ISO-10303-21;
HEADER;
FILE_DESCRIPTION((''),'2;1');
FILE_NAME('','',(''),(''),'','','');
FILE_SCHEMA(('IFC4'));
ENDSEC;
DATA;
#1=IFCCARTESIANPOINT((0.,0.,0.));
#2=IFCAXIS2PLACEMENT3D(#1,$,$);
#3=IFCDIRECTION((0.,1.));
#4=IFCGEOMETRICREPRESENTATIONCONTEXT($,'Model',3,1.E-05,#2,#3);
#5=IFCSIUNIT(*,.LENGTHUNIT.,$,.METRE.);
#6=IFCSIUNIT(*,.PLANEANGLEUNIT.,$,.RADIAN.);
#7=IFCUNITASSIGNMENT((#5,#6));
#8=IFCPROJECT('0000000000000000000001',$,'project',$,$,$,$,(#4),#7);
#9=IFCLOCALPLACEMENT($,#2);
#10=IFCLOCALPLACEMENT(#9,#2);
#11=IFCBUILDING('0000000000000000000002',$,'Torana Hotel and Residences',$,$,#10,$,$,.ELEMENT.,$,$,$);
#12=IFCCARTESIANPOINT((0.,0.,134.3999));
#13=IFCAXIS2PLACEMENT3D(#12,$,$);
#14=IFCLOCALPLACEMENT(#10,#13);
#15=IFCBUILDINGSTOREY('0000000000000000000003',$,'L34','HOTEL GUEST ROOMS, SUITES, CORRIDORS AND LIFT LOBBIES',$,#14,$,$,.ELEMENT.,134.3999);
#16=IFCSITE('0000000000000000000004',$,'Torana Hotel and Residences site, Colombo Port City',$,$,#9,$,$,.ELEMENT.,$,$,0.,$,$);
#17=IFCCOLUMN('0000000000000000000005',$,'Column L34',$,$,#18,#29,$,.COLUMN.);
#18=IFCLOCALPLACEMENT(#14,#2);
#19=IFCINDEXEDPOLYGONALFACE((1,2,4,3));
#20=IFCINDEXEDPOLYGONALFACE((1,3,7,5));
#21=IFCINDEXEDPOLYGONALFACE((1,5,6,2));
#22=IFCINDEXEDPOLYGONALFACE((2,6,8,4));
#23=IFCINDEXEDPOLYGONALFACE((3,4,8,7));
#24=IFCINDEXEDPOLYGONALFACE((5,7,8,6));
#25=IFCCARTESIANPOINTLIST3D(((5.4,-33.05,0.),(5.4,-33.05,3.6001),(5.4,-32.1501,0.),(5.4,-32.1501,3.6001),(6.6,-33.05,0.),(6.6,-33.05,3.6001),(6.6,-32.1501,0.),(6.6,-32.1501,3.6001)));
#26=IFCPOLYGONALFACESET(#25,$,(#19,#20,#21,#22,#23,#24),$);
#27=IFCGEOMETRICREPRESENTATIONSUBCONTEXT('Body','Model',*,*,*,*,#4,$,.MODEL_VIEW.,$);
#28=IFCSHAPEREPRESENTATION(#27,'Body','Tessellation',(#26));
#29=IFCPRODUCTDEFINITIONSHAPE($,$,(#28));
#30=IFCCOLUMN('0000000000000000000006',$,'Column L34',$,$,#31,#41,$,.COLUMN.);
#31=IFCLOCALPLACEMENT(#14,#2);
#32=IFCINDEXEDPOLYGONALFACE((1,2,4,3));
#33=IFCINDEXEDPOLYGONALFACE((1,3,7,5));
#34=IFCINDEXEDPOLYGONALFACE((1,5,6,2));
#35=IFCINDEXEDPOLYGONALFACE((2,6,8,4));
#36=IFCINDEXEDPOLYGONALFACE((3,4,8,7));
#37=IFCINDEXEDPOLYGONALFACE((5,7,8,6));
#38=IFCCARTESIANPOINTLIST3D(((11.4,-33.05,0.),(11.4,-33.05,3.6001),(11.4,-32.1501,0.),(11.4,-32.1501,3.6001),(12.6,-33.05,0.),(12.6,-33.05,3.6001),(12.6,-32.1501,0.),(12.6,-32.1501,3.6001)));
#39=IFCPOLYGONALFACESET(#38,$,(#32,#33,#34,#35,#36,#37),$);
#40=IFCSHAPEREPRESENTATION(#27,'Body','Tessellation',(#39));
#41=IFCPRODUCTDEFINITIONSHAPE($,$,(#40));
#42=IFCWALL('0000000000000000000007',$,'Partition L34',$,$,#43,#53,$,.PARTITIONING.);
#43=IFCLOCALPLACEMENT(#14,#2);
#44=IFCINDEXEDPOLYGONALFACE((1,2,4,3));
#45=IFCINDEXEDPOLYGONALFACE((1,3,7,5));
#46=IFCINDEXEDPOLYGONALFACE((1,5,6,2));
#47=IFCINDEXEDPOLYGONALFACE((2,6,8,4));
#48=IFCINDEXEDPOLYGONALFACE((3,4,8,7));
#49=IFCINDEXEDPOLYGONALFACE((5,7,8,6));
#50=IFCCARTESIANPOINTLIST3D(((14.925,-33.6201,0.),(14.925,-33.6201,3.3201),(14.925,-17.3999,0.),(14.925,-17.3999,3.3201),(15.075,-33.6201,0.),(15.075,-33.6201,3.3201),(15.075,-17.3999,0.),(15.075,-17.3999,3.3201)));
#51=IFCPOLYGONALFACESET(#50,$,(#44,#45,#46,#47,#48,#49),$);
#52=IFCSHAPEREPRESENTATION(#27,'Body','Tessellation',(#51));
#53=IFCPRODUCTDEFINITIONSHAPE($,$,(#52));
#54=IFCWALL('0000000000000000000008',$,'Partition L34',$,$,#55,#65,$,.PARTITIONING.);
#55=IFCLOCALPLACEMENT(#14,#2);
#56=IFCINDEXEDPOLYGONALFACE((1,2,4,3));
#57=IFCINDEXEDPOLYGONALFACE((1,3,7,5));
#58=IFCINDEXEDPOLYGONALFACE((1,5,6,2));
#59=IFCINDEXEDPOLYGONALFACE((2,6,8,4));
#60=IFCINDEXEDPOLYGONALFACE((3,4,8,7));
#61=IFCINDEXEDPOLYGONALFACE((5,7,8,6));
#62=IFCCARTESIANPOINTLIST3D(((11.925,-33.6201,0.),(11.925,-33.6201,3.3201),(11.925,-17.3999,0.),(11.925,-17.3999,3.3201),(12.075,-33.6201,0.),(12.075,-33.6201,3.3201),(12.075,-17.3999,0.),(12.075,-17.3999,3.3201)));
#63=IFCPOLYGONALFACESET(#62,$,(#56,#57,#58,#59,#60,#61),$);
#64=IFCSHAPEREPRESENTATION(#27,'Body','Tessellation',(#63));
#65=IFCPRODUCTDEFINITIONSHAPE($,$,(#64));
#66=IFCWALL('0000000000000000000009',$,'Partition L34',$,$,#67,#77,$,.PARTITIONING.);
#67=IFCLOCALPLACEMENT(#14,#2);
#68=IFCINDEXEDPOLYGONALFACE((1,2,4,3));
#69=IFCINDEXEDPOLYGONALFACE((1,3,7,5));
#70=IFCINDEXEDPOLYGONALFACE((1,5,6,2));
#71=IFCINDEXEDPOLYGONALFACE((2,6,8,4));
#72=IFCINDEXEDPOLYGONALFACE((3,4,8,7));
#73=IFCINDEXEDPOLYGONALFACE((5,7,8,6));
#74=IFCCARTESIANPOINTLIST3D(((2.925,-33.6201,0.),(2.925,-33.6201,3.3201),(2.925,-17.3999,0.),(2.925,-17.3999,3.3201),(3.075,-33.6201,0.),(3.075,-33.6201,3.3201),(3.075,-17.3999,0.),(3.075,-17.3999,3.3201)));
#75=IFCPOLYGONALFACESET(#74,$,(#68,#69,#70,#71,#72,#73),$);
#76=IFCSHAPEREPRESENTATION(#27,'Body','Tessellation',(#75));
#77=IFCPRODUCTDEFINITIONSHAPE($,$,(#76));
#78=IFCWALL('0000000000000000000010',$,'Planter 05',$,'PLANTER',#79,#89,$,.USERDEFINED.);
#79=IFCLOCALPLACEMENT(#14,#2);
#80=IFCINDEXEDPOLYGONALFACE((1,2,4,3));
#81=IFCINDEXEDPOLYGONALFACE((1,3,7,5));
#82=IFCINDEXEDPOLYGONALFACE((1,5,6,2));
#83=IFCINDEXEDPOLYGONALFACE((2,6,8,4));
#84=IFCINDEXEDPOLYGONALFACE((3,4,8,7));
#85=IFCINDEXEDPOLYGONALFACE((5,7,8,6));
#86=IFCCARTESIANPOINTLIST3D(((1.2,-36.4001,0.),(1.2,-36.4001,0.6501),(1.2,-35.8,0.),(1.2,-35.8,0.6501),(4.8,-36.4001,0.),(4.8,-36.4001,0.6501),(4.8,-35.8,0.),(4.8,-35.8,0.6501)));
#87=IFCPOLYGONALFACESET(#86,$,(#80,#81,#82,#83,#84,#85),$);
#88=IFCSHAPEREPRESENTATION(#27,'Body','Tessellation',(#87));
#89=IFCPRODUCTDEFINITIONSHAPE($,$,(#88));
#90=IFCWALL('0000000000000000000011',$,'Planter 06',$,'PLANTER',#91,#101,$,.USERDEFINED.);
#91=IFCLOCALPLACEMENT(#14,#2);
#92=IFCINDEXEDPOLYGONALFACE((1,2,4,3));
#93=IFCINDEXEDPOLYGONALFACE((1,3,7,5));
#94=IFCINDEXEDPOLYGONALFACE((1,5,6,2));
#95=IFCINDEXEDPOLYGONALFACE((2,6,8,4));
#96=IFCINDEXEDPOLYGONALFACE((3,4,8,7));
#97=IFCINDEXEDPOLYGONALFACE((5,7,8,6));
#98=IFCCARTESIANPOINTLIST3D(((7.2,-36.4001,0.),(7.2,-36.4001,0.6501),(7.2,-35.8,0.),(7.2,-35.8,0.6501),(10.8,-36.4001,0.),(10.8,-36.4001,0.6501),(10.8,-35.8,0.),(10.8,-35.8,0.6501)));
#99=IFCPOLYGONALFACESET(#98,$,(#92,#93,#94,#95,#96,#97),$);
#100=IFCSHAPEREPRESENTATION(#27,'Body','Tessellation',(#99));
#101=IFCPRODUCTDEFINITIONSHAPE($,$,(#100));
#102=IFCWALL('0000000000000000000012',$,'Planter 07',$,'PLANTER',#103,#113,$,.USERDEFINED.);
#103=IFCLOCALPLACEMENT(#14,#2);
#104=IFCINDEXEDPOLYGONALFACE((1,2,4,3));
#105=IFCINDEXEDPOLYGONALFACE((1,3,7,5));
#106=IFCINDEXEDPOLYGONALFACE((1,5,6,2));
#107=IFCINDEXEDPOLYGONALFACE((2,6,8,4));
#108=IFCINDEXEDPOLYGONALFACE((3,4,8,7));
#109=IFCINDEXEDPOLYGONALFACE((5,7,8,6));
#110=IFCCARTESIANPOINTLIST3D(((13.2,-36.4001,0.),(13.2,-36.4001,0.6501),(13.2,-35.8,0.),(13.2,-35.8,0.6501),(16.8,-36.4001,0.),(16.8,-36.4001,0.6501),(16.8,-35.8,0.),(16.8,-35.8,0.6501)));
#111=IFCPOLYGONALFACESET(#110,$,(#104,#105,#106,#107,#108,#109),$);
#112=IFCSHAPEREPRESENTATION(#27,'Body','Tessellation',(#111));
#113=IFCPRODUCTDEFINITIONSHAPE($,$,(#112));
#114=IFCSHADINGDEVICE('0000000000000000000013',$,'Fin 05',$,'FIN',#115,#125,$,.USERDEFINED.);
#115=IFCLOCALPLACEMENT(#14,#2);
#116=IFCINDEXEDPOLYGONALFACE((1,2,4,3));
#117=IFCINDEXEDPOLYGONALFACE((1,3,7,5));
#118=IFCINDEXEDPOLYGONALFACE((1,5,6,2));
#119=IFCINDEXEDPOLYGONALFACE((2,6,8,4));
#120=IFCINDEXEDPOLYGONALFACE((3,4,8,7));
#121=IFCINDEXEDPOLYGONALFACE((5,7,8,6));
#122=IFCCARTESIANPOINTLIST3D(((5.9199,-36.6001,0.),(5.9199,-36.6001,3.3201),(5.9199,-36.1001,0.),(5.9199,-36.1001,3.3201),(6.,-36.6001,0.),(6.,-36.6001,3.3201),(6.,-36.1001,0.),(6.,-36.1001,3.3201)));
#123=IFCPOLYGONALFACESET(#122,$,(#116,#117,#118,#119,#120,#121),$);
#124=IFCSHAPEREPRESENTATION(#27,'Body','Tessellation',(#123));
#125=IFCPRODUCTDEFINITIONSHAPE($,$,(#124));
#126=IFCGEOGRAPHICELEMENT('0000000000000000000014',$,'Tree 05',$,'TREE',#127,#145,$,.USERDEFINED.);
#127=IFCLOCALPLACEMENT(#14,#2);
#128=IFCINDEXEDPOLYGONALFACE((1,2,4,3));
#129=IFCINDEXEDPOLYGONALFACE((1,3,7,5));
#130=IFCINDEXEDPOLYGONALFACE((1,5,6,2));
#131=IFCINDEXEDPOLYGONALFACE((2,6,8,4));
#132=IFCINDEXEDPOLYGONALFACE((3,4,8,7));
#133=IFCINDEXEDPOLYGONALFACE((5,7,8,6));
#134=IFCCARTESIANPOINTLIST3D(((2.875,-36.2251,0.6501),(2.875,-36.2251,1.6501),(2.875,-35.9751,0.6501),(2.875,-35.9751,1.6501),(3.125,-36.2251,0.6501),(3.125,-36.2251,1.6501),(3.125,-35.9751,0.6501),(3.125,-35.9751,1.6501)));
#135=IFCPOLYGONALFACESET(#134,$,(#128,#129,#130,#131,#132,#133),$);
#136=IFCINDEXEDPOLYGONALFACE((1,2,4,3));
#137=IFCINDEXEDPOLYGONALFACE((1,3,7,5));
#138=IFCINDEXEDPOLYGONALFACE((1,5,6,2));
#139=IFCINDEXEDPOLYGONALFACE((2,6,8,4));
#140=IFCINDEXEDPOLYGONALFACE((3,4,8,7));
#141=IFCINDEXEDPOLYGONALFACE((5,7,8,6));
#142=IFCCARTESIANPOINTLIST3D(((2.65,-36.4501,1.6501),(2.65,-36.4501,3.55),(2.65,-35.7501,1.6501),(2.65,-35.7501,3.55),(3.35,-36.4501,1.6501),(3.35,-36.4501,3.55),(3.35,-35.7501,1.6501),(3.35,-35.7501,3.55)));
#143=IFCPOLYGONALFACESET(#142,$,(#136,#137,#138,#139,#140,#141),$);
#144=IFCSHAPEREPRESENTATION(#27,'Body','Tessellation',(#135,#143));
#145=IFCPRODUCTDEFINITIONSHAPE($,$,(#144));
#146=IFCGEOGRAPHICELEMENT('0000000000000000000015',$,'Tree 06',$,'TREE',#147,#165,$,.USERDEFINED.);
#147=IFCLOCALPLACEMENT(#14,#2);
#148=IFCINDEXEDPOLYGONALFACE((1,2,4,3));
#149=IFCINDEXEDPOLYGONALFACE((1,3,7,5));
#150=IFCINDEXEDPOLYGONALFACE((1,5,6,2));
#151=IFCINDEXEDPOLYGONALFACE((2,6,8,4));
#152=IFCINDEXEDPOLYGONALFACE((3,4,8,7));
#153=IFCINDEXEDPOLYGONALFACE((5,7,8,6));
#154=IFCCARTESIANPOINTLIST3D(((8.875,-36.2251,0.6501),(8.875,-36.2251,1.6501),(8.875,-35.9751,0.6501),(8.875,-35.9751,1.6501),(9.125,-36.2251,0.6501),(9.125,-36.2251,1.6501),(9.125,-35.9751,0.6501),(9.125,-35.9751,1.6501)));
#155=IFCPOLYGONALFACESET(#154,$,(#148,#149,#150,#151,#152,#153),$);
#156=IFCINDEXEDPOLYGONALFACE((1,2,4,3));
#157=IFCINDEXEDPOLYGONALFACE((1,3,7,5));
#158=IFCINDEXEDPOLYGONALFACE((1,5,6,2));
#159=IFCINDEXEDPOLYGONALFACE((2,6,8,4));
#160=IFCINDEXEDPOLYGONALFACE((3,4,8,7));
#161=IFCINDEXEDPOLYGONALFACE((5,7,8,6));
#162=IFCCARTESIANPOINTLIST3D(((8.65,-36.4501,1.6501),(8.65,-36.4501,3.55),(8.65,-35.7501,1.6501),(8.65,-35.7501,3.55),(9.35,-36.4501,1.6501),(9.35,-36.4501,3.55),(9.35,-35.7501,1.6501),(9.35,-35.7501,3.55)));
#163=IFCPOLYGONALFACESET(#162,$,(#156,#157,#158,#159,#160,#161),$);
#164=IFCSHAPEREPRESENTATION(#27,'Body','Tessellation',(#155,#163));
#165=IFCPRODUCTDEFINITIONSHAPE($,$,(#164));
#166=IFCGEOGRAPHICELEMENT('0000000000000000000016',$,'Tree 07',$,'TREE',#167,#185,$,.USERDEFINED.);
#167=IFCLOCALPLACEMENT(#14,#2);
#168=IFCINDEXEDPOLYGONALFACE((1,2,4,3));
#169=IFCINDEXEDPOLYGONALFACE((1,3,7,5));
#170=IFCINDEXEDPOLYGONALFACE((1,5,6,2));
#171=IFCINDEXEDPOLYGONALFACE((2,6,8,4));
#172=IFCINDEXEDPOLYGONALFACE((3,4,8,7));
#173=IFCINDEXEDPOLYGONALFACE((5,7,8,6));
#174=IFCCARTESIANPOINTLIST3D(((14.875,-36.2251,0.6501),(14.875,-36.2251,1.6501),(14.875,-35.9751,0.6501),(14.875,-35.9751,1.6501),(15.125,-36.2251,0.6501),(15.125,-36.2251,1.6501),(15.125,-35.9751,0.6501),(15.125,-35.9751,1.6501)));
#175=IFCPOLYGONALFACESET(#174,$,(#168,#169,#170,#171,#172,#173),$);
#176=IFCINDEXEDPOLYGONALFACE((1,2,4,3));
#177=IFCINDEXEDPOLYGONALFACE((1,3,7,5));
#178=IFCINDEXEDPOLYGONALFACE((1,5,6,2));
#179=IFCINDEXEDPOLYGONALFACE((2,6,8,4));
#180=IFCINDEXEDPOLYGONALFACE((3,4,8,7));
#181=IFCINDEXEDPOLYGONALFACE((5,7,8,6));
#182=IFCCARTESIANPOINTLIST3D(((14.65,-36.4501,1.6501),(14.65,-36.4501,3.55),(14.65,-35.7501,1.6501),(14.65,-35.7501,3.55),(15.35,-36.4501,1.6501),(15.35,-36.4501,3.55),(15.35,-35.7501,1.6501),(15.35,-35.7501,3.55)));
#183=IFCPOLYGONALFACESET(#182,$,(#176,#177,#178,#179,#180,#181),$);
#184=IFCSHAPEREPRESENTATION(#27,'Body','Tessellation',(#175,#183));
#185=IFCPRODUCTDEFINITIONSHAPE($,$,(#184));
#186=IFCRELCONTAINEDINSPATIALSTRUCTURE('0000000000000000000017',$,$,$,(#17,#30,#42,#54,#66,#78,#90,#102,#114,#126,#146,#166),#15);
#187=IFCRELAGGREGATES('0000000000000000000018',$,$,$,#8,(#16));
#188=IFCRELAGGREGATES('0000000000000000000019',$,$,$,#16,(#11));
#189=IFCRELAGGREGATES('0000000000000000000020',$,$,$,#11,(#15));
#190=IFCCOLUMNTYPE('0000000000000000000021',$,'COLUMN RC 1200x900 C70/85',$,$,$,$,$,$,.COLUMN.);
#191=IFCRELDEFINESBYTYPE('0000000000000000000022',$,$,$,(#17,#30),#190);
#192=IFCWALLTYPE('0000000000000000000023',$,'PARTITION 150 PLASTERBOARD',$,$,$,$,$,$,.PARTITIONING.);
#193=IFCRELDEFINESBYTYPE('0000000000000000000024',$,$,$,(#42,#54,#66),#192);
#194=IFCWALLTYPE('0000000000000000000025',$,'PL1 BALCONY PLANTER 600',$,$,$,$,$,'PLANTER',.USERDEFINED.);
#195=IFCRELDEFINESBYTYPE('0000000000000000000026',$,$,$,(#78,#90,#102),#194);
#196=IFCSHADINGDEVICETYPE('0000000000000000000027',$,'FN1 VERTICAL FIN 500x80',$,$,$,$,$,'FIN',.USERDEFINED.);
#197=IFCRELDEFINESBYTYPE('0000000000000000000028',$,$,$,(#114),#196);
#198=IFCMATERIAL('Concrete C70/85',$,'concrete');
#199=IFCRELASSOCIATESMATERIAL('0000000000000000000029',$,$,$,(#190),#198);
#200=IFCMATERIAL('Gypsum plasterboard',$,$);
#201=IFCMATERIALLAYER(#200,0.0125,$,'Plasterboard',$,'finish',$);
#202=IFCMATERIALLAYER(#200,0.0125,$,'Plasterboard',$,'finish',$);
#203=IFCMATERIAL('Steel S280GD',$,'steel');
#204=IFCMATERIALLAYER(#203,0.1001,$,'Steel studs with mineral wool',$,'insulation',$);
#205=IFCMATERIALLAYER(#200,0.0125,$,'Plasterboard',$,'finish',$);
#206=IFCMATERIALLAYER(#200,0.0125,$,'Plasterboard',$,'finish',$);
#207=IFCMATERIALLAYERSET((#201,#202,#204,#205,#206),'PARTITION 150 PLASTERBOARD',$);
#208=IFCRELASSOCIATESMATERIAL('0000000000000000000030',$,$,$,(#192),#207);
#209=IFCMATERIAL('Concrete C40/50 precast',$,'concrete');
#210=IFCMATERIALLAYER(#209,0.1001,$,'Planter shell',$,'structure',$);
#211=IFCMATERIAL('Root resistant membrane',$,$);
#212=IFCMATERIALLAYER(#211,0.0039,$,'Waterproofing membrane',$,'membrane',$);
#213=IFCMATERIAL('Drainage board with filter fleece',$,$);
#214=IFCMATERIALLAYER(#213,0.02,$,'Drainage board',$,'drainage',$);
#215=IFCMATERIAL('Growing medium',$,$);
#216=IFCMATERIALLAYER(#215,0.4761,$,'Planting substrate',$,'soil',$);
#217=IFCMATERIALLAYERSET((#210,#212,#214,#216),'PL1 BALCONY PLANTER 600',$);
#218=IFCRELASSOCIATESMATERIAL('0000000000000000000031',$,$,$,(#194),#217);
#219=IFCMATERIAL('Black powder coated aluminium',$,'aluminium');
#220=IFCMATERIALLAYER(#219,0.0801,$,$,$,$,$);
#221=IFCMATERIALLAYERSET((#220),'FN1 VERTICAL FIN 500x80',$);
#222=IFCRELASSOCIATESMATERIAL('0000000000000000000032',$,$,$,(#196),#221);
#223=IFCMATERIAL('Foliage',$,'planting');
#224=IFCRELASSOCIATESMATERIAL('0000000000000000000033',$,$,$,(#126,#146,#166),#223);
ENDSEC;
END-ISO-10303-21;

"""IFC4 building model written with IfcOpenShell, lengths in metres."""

from ifc_helpers import new_model, si_unit, direction, frame, frame_2d, origin, origin_2d, place, context, subcontext, project, spatial, rectangle, extrude, material, layer, layer_set, material_profile, profile_set, type_object, element, save


model = new_model("IFC4")

# Units and contexts
model_context = context("Model", 3, precision=1e-05, world=origin(), true_north=direction((0.0, 1.0)))
body_context = subcontext(model_context, "Body", "Model", "MODEL_VIEW")
ifc_project = project(units=[si_unit("LENGTHUNIT", "METRE"), si_unit("PLANEANGLEUNIT", "RADIAN")], contexts=[model_context])

# Site, building, storey
site_placement = place(None, origin())
site = spatial("IfcSite", under=ifc_project, at=site_placement, Name="Torana Hotel and Residences site, Colombo Port City", CompositionType="ELEMENT", RefElevation=0.0)
building_placement = place(site_placement, origin())
building = spatial("IfcBuilding", under=site, at=building_placement, Name="Torana Hotel and Residences", CompositionType="ELEMENT")
storey_placement = place(building_placement, frame((0.0, 0.0, 134.3999)))
storey = spatial("IfcBuildingStorey", under=building, at=storey_placement, Name="L34", Description="HOTEL GUEST ROOMS, SUITES, CORRIDORS AND LIFT LOBBIES", CompositionType="ELEMENT", Elevation=134.3999)

# Columns
ifc_material_1 = material(Name="Concrete C70/85", Category="concrete")
ifc_material_profile = material_profile(ifc_material_1, rectangle(XDim=1.2, YDim=0.8999, at=origin_2d()), Name="RC 1200x900")
ifc_profile_set = profile_set([ifc_material_profile], Name="Concrete C70/85")
column_type = type_object("IfcColumnType", Name="COLUMN RC 1200x900 C70/85", PredefinedType="COLUMN", material=ifc_profile_set)
for number, where, z_axis, x_axis, name in (
    (1, (6.0, -32.6001, 0.0), (0.0, 0.0, 1.0), (1.0, 0.0, 0.0), "Column L34"),
    (2, (12.0, -32.6001, 0.0), (0.0, 0.0, 1.0), (1.0, 0.0, 0.0), "Column L34"),
):
    element("IfcColumn", number, at=place(storey_placement, frame(where, z_axis=z_axis, x_axis=x_axis)), inside=storey, type_object=column_type, Name=name, PredefinedType="COLUMN", context=body_context, shape_type="SweptSolid", body=[
        extrude(rectangle(XDim=1.2, YDim=0.8999, at=origin_2d()), origin(), (0.0, 0.0, 1.0), 3.6001),
    ])

# Walls
ifc_material_2 = material(Name="Gypsum plasterboard")
ifc_layer_1 = layer(ifc_material_2, 0.0125, Name="Plasterboard", Category="finish")
ifc_layer_2 = layer(ifc_material_2, 0.0125, Name="Plasterboard", Category="finish")
ifc_material_3 = material(Name="Steel S280GD", Category="steel")
ifc_layer_3 = layer(ifc_material_3, 0.1001, Name="Steel studs with mineral wool", Category="insulation")
ifc_layer_4 = layer(ifc_material_2, 0.0125, Name="Plasterboard", Category="finish")
ifc_layer_5 = layer(ifc_material_2, 0.0125, Name="Plasterboard", Category="finish")
ifc_layer_set_1 = layer_set([ifc_layer_1, ifc_layer_2, ifc_layer_3, ifc_layer_4, ifc_layer_5], Name="PARTITION 150 PLASTERBOARD")
wall_type_1 = type_object("IfcWallType", Name="PARTITION 150 PLASTERBOARD", PredefinedType="PARTITIONING", material=ifc_layer_set_1)
for number, where, z_axis, x_axis, name in (
    (3, (15.0, -33.6201, 0.0), (0.0, 0.0, 1.0), (0.0, 1.0, 0.0), "Partition L34"),
    (4, (12.0, -33.6201, 0.0), (0.0, 0.0, 1.0), (0.0, 1.0, 0.0), "Partition L34"),
    (5, (3.0, -33.6201, 0.0), (0.0, 0.0, 1.0), (0.0, 1.0, 0.0), "Partition L34"),
):
    element("IfcWall", number, at=place(storey_placement, frame(where, z_axis=z_axis, x_axis=x_axis)), inside=storey, type_object=wall_type_1, Name=name, PredefinedType="PARTITIONING", context=body_context, shape_type="SweptSolid", body=[
        extrude(rectangle(XDim=16.2202, YDim=0.1499, at=frame_2d((8.1101, 0.0))), origin(), (0.0, 0.0, 1.0), 3.3201),
    ])
ifc_material_4 = material(Name="Concrete C40/50 precast", Category="concrete")
ifc_layer_6 = layer(ifc_material_4, 0.1001, Name="Planter shell", Category="structure")
ifc_material_5 = material(Name="Root resistant membrane")
ifc_layer_7 = layer(ifc_material_5, 0.0039, Name="Waterproofing membrane", Category="membrane")
ifc_material_6 = material(Name="Drainage board with filter fleece")
ifc_layer_8 = layer(ifc_material_6, 0.02, Name="Drainage board", Category="drainage")
ifc_material_7 = material(Name="Growing medium")
ifc_layer_9 = layer(ifc_material_7, 0.4761, Name="Planting substrate", Category="soil")
ifc_layer_set_2 = layer_set([ifc_layer_6, ifc_layer_7, ifc_layer_8, ifc_layer_9], Name="PL1 BALCONY PLANTER 600")
wall_type_2 = type_object("IfcWallType", Name="PL1 BALCONY PLANTER 600", ElementType="PLANTER", PredefinedType="USERDEFINED", material=ifc_layer_set_2)
for number, where, z_axis, x_axis, name in (
    (6, (4.8, -36.1001, 0.0), (0.0, 0.0, 1.0), (-1.0, 0.0, 0.0), "Planter 05"),
    (7, (10.8, -36.1001, 0.0), (0.0, 0.0, 1.0), (-1.0, 0.0, 0.0), "Planter 06"),
    (8, (16.8, -36.1001, 0.0), (0.0, 0.0, 1.0), (-1.0, 0.0, 0.0), "Planter 07"),
):
    element("IfcWall", number, at=place(storey_placement, frame(where, z_axis=z_axis, x_axis=x_axis)), inside=storey, type_object=wall_type_2, Name=name, ObjectType="PLANTER", PredefinedType="USERDEFINED", context=body_context, shape_type="SweptSolid", body=[
        extrude(rectangle(XDim=3.6001, YDim=0.6001, at=frame_2d((1.8, 0.0))), origin(), (0.0, 0.0, 1.0), 0.6501),
    ])

# Shading device
ifc_material_8 = material(Name="Black powder coated aluminium", Category="aluminium")
ifc_layer_10 = layer(ifc_material_8, 0.0801)
ifc_layer_set_3 = layer_set([ifc_layer_10], Name="FN1 VERTICAL FIN 500x80")
shading_device_type = type_object("IfcShadingDeviceType", Name="FN1 VERTICAL FIN 500x80", ElementType="FIN", PredefinedType="USERDEFINED", material=ifc_layer_set_3)
shading_device_placement = place(storey_placement, frame((5.96, -36.3501, 0.0), z_axis=(0.0, 0.0, 1.0), x_axis=(-1.0, 0.0, 0.0)))
element("IfcShadingDevice", 9, at=shading_device_placement, inside=storey, type_object=shading_device_type, Name="Fin 05", ObjectType="FIN", PredefinedType="USERDEFINED", context=body_context, shape_type="SweptSolid", body=[
    extrude(rectangle(XDim=0.0801, YDim=0.5, at=origin_2d()), origin(), (0.0, 0.0, 1.0), 3.3201),
])

# Geographic elements
ifc_material_9 = material(Name="Foliage", Category="planting")
for number, where, z_axis, x_axis, name in (
    (10, (3.0, -36.1001, 0.6501), (0.0, 0.0, 1.0), (1.0, 0.0, 0.0), "Tree 05"),
    (11, (9.0, -36.1001, 0.6501), (0.0, 0.0, 1.0), (1.0, 0.0, 0.0), "Tree 06"),
    (12, (15.0, -36.1001, 0.6501), (0.0, 0.0, 1.0), (1.0, 0.0, 0.0), "Tree 07"),
):
    element("IfcGeographicElement", number, at=place(storey_placement, frame(where, z_axis=z_axis, x_axis=x_axis)), inside=storey, material=ifc_material_9, Name=name, ObjectType="TREE", PredefinedType="USERDEFINED", context=body_context, shape_type="SweptSolid", body=[
        extrude(rectangle(XDim=0.25, YDim=0.25, at=origin_2d()), origin(), (0.0, 0.0, 1.0), 1.0),
        extrude(rectangle(XDim=0.7, YDim=0.7, at=origin_2d()), frame((0.0, 0.0, 1.0)), (0.0, 0.0, 1.0), 1.8999),
    ])

save(model, "model.ifc")
